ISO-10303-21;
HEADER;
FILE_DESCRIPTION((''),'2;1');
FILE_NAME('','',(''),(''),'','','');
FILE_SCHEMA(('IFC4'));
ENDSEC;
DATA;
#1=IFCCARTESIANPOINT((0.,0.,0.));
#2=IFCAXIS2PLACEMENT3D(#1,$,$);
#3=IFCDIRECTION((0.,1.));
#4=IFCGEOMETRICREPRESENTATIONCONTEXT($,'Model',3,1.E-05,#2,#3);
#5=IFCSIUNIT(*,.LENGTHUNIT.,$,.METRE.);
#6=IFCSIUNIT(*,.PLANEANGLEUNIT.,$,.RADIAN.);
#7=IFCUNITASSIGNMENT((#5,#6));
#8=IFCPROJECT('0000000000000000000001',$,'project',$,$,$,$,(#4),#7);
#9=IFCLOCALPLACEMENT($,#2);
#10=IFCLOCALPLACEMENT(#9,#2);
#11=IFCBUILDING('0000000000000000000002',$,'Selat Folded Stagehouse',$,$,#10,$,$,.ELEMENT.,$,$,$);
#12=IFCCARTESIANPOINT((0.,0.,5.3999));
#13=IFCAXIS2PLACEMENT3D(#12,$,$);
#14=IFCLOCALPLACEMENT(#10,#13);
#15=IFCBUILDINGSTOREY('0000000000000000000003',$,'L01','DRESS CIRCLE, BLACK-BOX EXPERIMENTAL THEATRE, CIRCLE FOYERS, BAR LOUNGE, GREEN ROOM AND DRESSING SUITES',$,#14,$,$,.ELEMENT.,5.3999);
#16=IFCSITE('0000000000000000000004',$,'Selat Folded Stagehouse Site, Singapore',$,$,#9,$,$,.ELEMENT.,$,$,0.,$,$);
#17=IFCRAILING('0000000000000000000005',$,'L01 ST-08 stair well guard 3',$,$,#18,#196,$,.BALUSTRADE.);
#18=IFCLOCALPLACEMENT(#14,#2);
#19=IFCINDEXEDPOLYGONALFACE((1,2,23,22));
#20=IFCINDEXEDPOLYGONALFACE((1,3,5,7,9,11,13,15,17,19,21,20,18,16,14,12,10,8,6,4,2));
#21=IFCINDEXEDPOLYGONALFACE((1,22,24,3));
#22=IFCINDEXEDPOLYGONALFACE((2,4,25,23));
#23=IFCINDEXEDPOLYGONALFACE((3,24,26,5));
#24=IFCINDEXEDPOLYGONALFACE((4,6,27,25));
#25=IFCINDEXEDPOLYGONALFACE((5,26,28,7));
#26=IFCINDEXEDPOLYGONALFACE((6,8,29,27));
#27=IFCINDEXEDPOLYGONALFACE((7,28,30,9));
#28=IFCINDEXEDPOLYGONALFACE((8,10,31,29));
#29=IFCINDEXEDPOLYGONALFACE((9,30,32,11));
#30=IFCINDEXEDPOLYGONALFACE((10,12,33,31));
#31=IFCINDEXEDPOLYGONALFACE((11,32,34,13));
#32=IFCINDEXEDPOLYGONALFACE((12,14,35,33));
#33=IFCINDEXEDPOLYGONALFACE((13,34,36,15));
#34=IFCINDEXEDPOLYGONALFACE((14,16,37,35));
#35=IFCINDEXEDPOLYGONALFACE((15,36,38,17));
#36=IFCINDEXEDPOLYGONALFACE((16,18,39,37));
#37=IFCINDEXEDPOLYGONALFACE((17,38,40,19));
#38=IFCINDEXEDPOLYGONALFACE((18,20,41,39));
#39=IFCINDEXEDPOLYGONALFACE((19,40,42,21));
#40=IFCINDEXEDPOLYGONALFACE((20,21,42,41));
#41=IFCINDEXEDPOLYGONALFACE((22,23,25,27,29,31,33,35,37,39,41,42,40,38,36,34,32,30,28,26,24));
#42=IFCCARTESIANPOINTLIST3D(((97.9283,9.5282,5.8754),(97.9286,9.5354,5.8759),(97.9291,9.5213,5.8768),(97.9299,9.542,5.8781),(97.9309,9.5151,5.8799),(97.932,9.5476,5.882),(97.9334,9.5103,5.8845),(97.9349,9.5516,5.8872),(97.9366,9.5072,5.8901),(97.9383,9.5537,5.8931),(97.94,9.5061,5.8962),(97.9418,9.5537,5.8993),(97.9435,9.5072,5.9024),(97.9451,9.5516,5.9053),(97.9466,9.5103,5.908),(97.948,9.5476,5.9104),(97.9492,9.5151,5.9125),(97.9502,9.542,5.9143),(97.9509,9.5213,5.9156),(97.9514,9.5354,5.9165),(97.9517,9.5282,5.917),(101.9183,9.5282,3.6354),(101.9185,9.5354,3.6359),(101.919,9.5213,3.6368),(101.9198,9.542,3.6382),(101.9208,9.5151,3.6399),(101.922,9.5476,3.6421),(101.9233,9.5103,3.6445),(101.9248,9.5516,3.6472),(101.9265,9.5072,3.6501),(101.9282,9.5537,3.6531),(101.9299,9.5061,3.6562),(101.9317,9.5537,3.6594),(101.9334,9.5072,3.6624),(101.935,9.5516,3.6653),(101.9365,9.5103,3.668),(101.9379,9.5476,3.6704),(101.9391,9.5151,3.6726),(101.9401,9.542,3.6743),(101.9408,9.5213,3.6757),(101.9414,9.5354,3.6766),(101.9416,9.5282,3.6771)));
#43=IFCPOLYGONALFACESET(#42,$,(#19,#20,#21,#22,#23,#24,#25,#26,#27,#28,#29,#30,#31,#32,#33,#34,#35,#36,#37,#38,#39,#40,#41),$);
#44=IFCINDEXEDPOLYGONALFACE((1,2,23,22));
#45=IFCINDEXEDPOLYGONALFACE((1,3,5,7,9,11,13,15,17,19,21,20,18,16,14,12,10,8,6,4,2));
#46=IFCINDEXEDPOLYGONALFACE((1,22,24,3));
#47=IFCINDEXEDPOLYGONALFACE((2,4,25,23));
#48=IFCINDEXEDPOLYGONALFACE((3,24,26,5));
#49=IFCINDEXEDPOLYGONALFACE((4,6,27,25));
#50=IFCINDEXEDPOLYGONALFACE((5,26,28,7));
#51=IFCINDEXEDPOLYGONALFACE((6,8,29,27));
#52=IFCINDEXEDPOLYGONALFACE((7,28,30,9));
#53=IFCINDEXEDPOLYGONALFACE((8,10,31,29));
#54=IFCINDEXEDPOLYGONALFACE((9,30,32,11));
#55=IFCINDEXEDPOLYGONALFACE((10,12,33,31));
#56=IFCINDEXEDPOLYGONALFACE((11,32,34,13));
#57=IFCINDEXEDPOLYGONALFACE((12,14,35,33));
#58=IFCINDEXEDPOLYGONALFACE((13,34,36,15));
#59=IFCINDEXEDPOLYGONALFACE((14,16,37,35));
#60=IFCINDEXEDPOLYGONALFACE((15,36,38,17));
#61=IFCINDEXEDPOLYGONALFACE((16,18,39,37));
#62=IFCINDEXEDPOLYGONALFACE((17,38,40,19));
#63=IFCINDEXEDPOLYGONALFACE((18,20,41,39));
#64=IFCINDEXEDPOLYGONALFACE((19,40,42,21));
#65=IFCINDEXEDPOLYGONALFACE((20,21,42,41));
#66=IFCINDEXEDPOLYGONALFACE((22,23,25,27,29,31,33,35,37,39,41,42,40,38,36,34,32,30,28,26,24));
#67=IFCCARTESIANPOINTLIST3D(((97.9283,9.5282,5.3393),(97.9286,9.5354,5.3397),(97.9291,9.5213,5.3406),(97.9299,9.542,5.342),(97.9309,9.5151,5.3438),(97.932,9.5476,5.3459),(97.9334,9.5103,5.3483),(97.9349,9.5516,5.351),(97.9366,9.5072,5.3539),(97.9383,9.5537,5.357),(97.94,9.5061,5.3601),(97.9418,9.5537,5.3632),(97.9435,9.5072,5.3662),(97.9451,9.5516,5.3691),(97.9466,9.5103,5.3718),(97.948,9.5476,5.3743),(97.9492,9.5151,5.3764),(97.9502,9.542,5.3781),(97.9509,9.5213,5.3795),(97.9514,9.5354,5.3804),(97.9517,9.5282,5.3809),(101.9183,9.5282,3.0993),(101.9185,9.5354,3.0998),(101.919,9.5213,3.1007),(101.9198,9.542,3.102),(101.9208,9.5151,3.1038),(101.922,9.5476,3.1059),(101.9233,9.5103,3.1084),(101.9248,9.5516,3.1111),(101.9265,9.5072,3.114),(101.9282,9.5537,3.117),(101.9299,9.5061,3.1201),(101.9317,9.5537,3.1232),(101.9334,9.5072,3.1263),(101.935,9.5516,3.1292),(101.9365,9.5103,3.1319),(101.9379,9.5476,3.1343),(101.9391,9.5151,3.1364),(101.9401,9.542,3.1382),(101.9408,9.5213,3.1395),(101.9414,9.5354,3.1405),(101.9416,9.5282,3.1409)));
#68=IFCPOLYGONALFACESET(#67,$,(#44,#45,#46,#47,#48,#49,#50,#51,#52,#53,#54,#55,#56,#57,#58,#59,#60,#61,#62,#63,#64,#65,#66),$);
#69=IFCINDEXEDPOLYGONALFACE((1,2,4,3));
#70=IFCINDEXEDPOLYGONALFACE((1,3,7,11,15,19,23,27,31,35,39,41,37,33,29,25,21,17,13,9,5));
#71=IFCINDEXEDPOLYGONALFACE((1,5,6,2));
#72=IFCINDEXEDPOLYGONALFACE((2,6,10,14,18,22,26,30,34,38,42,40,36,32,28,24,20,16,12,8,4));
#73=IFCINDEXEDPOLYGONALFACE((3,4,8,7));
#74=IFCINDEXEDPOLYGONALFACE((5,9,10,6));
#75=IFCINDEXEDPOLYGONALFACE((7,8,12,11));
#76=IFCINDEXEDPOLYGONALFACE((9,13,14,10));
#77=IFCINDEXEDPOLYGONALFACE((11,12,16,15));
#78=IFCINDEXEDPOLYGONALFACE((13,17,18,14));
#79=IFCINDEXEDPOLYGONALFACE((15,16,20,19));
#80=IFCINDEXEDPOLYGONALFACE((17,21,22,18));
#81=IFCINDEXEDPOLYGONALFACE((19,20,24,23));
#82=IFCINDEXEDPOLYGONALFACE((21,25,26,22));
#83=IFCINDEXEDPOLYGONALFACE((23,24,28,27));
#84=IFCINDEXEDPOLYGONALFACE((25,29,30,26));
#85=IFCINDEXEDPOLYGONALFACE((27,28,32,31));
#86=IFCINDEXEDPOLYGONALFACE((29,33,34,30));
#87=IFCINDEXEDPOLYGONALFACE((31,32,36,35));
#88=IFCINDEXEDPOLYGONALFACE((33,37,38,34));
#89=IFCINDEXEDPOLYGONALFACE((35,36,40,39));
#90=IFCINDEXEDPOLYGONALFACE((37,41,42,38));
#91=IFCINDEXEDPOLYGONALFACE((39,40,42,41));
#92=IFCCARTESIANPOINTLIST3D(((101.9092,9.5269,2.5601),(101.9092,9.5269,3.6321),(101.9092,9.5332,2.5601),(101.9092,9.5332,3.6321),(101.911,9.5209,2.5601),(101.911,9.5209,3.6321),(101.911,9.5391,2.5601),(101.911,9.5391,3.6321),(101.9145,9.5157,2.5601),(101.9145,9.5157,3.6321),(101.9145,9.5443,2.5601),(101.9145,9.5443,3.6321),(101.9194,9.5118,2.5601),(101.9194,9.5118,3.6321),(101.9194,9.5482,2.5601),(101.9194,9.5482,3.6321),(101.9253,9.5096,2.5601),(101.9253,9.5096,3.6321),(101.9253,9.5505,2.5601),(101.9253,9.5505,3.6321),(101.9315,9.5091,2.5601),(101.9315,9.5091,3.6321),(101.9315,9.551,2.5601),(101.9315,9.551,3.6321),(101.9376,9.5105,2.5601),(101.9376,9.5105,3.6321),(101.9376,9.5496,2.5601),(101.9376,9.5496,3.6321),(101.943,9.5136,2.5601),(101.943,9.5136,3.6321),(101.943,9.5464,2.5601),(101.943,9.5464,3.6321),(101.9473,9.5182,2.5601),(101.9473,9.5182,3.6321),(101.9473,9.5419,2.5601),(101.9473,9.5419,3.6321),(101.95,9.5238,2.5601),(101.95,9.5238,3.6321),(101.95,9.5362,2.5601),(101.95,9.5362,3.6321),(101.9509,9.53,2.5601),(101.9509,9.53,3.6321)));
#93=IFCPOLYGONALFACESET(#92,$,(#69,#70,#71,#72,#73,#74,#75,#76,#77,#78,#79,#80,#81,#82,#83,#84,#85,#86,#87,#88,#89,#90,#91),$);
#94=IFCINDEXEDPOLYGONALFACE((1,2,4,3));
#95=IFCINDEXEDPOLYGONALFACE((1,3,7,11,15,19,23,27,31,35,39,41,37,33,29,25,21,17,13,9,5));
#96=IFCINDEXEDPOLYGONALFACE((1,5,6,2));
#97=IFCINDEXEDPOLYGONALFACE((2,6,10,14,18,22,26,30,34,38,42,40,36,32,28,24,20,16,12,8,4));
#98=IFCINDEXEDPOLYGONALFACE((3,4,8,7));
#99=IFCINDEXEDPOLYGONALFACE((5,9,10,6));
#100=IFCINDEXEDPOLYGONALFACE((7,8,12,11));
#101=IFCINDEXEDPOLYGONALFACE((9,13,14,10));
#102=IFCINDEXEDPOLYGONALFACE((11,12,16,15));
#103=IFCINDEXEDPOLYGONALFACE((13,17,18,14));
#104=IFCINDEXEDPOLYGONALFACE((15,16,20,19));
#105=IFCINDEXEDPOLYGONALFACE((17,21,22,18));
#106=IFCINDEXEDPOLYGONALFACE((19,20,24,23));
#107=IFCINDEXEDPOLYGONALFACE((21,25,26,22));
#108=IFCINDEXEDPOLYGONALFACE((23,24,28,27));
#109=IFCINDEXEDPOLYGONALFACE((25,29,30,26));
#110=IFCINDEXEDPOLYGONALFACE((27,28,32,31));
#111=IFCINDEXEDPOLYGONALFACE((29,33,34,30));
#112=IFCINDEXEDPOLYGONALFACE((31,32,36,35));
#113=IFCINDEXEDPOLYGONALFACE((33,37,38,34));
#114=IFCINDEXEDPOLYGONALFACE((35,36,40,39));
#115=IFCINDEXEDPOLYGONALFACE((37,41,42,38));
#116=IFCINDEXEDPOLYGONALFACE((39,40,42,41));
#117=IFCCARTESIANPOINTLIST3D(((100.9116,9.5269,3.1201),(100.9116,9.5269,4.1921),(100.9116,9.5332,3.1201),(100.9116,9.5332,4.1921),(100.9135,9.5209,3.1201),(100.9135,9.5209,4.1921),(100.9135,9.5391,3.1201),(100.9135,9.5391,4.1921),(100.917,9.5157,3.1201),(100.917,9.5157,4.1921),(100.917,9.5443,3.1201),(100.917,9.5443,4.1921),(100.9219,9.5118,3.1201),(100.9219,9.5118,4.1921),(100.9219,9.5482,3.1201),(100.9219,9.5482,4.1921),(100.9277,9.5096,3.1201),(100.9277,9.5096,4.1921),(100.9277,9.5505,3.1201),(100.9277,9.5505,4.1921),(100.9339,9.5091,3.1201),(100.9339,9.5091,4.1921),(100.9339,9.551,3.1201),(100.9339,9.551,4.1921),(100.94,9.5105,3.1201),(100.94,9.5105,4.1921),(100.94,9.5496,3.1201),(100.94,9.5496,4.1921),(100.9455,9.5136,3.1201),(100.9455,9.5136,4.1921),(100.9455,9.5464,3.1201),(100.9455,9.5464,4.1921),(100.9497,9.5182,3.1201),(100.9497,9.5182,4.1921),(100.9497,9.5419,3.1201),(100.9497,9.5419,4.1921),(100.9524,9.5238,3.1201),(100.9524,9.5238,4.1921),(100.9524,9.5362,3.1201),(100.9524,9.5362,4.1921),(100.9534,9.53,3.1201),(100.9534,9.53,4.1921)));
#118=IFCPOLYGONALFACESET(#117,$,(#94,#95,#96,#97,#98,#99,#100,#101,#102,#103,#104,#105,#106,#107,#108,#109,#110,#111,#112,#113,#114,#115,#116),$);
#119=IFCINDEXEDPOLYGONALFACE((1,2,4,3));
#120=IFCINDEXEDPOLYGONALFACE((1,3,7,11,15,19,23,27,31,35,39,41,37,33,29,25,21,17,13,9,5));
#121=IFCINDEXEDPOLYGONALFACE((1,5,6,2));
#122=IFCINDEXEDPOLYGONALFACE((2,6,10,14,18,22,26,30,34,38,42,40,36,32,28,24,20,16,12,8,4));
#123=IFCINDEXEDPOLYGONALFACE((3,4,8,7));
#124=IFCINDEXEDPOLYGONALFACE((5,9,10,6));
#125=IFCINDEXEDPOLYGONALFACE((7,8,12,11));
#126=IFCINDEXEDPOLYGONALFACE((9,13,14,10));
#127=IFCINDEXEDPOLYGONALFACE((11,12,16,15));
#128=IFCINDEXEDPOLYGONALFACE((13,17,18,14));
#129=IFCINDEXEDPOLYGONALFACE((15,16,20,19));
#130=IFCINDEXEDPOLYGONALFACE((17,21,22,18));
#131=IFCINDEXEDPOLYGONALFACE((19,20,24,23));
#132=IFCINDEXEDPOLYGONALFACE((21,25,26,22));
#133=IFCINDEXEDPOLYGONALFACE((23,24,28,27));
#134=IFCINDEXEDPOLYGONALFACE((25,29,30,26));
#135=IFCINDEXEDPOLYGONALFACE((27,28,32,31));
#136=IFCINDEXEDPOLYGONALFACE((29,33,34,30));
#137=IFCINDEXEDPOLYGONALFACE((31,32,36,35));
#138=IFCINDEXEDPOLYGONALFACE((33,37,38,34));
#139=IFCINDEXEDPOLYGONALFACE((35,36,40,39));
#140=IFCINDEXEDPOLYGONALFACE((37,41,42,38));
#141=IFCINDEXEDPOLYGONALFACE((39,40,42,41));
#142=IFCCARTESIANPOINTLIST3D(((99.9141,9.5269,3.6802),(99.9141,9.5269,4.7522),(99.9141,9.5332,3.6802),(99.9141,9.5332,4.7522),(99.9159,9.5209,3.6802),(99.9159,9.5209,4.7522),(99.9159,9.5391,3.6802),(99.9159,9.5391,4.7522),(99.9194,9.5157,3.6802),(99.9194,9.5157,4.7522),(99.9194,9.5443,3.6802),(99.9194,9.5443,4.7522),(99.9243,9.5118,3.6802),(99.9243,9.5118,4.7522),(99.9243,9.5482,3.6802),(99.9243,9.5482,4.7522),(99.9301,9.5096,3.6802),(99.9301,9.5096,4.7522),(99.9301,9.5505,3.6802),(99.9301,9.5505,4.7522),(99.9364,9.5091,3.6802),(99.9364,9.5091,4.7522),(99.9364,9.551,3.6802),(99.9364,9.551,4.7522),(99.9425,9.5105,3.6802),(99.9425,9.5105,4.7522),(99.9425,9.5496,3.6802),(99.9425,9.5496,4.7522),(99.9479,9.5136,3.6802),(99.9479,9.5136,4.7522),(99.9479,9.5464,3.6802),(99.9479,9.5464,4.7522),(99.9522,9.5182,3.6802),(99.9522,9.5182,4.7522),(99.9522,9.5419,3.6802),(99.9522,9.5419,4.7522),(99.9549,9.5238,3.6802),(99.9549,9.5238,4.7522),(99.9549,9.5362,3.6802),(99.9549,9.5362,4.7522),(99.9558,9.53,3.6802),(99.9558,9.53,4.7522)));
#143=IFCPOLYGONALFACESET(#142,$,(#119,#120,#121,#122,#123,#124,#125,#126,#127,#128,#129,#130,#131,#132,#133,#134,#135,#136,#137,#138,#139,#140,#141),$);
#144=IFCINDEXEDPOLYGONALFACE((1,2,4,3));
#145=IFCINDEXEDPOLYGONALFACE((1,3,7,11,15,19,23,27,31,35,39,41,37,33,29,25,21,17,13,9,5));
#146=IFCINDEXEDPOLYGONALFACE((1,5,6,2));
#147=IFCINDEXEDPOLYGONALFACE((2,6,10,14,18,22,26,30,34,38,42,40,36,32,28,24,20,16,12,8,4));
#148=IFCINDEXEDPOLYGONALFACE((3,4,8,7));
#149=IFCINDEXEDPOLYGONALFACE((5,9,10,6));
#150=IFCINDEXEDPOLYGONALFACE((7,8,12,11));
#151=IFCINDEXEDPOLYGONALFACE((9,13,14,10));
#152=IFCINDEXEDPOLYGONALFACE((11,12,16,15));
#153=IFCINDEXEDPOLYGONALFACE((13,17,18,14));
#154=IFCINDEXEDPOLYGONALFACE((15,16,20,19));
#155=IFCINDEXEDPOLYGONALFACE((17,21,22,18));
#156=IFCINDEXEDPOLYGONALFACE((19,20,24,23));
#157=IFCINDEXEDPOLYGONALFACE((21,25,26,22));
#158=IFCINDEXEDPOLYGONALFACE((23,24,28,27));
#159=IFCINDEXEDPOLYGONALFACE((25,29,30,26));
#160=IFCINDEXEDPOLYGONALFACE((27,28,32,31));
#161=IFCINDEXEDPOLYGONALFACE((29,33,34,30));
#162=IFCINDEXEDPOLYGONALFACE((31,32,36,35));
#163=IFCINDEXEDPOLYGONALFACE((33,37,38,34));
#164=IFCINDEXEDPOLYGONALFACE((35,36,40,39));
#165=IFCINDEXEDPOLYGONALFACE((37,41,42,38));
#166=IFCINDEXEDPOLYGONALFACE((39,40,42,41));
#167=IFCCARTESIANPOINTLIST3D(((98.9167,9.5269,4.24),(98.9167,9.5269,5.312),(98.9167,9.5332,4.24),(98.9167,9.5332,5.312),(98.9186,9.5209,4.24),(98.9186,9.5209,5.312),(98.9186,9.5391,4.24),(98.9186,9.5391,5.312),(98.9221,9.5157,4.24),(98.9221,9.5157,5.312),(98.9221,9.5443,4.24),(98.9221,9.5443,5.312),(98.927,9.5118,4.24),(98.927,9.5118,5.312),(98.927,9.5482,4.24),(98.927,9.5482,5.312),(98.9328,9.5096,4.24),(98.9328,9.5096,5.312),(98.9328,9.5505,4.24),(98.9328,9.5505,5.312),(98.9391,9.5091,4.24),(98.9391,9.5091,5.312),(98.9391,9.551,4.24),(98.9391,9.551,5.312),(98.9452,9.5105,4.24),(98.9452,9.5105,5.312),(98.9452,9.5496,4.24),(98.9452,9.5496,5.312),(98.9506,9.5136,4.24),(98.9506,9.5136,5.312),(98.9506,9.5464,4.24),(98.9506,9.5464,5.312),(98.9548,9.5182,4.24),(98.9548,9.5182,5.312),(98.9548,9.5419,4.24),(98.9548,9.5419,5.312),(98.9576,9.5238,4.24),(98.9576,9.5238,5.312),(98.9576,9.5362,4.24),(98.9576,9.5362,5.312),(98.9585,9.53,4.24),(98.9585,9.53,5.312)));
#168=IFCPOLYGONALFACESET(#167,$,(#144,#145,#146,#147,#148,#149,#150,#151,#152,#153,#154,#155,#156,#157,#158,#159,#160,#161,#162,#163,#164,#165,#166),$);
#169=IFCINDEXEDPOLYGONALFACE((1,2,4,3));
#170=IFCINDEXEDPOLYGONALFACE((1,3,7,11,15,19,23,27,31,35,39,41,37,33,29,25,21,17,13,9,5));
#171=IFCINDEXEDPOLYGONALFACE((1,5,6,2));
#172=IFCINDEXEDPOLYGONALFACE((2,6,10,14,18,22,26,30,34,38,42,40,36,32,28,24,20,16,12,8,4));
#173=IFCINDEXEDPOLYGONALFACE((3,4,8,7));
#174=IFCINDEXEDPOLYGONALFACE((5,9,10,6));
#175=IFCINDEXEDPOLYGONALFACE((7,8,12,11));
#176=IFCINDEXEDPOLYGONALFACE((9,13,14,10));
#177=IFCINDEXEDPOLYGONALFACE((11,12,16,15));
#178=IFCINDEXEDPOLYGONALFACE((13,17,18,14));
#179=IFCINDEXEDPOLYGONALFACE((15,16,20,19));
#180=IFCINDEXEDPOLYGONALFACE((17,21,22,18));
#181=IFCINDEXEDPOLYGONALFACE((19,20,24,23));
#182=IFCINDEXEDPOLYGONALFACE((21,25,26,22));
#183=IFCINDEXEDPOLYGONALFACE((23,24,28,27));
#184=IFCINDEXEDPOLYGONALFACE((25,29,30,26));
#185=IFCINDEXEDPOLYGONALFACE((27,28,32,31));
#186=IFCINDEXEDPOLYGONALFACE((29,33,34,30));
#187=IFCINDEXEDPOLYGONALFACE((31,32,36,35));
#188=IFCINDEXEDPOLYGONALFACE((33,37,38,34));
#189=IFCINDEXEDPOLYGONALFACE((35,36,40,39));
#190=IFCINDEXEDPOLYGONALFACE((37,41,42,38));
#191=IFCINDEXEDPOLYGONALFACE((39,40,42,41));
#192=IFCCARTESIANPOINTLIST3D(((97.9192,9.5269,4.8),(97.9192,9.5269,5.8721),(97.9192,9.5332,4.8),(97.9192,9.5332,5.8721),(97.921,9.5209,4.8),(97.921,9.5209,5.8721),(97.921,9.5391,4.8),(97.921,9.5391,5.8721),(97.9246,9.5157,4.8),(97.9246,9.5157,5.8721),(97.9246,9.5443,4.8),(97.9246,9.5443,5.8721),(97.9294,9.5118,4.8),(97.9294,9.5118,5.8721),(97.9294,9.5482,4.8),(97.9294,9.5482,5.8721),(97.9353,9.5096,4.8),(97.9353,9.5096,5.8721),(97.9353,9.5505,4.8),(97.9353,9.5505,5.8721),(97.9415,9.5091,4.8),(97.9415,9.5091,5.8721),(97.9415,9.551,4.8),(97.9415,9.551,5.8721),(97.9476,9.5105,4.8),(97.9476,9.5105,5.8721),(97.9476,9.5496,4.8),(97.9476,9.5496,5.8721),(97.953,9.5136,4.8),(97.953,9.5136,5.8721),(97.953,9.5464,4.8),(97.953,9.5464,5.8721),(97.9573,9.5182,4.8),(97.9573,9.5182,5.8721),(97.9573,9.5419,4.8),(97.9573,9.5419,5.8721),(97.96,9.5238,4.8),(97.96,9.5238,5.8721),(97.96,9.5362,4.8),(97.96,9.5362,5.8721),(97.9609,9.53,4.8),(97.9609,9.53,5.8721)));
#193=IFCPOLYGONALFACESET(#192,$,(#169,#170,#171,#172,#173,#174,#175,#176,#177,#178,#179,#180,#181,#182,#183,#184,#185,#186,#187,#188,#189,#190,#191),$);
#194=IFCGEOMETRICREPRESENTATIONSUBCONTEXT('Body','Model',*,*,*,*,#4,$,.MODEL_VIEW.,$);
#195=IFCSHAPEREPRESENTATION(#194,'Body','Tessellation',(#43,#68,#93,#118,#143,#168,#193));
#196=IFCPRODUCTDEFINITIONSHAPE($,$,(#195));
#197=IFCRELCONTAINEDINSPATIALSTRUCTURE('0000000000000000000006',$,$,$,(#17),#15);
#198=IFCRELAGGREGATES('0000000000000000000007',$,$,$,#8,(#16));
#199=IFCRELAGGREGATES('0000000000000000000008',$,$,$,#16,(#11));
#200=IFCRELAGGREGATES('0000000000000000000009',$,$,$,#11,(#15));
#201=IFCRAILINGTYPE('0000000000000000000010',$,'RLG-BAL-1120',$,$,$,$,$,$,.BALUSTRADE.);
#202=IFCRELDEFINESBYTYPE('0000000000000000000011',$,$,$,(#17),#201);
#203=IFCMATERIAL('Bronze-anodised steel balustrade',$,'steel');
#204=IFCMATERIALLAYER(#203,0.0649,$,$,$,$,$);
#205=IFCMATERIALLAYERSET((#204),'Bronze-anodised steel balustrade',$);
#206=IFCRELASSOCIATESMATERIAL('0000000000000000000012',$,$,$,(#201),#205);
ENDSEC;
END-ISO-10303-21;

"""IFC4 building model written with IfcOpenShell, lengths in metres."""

from ifc_helpers import new_model, si_unit, direction, frame, origin, origin_2d, place, context, subcontext, project, spatial, circle, extrude, material, layer, layer_set, type_object, element, save


model = new_model("IFC4")

# Units and contexts
model_context = context("Model", 3, precision=1e-05, world=origin(), true_north=direction((0.0, 1.0)))
body_context = subcontext(model_context, "Body", "Model", "MODEL_VIEW")
ifc_project = project(units=[si_unit("LENGTHUNIT", "METRE"), si_unit("PLANEANGLEUNIT", "RADIAN")], contexts=[model_context])

# Site, building, storey
site_placement = place(None, origin())
site = spatial("IfcSite", under=ifc_project, at=site_placement, Name="Selat Folded Stagehouse Site, Singapore", CompositionType="ELEMENT", RefElevation=0.0)
building_placement = place(site_placement, origin())
building = spatial("IfcBuilding", under=site, at=building_placement, Name="Selat Folded Stagehouse", CompositionType="ELEMENT")
storey_placement = place(building_placement, frame((0.0, 0.0, 5.3999)))
storey = spatial("IfcBuildingStorey", under=building, at=storey_placement, Name="L01", Description="DRESS CIRCLE, BLACK-BOX EXPERIMENTAL THEATRE, CIRCLE FOYERS, BAR LOUNGE, GREEN ROOM AND DRESSING SUITES", CompositionType="ELEMENT", Elevation=5.3999)

# Railing
ifc_material_1 = material(Name="Bronze-anodised steel balustrade", Category="steel")
ifc_layer_1 = layer(ifc_material_1, 0.0649)
ifc_layer_set_1 = layer_set([ifc_layer_1], Name="Bronze-anodised steel balustrade")
railing_type_1 = type_object("IfcRailingType", Name="RLG-BAL-1120", PredefinedType="BALUSTRADE", material=ifc_layer_set_1)
railing_1_placement = place(storey_placement, frame((101.9299, 9.53, 2.5601)))
element("IfcRailing", 1, at=railing_1_placement, inside=storey, type_object=railing_type_1, Name="L01 ST-08 stair well guard 3", PredefinedType="BALUSTRADE", context=body_context, shape_type="SweptSolid", body=[
    extrude(circle(Radius=0.0239, at=origin_2d()), frame((0.0, 0.0, 1.0962), z_axis=(-0.871984, 0.0, 0.489534), x_axis=(0.0, -1.0, 0.0)), (0.0, 0.0, 1.0), 4.5757),
    extrude(circle(Radius=0.0239, at=origin_2d()), frame((0.0, 0.0, 0.5601), z_axis=(-0.871984, 0.0, 0.489534), x_axis=(0.0, -1.0, 0.0)), (0.0, 0.0, 1.0), 4.5757),
    extrude(circle(Radius=0.021, at=origin_2d()), origin(), (0.0, 0.0, 1.0), 1.072),
    extrude(circle(Radius=0.021, at=origin_2d()), frame((-0.9976, 0.0, 0.5601)), (0.0, 0.0, 1.0), 1.072),
    extrude(circle(Radius=0.021, at=origin_2d()), frame((-1.9951, 0.0, 1.1201)), (0.0, 0.0, 1.0), 1.072),
    extrude(circle(Radius=0.021, at=origin_2d()), frame((-2.9924, 0.0, 1.6799)), (0.0, 0.0, 1.0), 1.072),
    extrude(circle(Radius=0.021, at=origin_2d()), frame((-3.99, 0.0, 2.24)), (0.0, 0.0, 1.0), 1.072),
])

save(model, "model.ifc")
